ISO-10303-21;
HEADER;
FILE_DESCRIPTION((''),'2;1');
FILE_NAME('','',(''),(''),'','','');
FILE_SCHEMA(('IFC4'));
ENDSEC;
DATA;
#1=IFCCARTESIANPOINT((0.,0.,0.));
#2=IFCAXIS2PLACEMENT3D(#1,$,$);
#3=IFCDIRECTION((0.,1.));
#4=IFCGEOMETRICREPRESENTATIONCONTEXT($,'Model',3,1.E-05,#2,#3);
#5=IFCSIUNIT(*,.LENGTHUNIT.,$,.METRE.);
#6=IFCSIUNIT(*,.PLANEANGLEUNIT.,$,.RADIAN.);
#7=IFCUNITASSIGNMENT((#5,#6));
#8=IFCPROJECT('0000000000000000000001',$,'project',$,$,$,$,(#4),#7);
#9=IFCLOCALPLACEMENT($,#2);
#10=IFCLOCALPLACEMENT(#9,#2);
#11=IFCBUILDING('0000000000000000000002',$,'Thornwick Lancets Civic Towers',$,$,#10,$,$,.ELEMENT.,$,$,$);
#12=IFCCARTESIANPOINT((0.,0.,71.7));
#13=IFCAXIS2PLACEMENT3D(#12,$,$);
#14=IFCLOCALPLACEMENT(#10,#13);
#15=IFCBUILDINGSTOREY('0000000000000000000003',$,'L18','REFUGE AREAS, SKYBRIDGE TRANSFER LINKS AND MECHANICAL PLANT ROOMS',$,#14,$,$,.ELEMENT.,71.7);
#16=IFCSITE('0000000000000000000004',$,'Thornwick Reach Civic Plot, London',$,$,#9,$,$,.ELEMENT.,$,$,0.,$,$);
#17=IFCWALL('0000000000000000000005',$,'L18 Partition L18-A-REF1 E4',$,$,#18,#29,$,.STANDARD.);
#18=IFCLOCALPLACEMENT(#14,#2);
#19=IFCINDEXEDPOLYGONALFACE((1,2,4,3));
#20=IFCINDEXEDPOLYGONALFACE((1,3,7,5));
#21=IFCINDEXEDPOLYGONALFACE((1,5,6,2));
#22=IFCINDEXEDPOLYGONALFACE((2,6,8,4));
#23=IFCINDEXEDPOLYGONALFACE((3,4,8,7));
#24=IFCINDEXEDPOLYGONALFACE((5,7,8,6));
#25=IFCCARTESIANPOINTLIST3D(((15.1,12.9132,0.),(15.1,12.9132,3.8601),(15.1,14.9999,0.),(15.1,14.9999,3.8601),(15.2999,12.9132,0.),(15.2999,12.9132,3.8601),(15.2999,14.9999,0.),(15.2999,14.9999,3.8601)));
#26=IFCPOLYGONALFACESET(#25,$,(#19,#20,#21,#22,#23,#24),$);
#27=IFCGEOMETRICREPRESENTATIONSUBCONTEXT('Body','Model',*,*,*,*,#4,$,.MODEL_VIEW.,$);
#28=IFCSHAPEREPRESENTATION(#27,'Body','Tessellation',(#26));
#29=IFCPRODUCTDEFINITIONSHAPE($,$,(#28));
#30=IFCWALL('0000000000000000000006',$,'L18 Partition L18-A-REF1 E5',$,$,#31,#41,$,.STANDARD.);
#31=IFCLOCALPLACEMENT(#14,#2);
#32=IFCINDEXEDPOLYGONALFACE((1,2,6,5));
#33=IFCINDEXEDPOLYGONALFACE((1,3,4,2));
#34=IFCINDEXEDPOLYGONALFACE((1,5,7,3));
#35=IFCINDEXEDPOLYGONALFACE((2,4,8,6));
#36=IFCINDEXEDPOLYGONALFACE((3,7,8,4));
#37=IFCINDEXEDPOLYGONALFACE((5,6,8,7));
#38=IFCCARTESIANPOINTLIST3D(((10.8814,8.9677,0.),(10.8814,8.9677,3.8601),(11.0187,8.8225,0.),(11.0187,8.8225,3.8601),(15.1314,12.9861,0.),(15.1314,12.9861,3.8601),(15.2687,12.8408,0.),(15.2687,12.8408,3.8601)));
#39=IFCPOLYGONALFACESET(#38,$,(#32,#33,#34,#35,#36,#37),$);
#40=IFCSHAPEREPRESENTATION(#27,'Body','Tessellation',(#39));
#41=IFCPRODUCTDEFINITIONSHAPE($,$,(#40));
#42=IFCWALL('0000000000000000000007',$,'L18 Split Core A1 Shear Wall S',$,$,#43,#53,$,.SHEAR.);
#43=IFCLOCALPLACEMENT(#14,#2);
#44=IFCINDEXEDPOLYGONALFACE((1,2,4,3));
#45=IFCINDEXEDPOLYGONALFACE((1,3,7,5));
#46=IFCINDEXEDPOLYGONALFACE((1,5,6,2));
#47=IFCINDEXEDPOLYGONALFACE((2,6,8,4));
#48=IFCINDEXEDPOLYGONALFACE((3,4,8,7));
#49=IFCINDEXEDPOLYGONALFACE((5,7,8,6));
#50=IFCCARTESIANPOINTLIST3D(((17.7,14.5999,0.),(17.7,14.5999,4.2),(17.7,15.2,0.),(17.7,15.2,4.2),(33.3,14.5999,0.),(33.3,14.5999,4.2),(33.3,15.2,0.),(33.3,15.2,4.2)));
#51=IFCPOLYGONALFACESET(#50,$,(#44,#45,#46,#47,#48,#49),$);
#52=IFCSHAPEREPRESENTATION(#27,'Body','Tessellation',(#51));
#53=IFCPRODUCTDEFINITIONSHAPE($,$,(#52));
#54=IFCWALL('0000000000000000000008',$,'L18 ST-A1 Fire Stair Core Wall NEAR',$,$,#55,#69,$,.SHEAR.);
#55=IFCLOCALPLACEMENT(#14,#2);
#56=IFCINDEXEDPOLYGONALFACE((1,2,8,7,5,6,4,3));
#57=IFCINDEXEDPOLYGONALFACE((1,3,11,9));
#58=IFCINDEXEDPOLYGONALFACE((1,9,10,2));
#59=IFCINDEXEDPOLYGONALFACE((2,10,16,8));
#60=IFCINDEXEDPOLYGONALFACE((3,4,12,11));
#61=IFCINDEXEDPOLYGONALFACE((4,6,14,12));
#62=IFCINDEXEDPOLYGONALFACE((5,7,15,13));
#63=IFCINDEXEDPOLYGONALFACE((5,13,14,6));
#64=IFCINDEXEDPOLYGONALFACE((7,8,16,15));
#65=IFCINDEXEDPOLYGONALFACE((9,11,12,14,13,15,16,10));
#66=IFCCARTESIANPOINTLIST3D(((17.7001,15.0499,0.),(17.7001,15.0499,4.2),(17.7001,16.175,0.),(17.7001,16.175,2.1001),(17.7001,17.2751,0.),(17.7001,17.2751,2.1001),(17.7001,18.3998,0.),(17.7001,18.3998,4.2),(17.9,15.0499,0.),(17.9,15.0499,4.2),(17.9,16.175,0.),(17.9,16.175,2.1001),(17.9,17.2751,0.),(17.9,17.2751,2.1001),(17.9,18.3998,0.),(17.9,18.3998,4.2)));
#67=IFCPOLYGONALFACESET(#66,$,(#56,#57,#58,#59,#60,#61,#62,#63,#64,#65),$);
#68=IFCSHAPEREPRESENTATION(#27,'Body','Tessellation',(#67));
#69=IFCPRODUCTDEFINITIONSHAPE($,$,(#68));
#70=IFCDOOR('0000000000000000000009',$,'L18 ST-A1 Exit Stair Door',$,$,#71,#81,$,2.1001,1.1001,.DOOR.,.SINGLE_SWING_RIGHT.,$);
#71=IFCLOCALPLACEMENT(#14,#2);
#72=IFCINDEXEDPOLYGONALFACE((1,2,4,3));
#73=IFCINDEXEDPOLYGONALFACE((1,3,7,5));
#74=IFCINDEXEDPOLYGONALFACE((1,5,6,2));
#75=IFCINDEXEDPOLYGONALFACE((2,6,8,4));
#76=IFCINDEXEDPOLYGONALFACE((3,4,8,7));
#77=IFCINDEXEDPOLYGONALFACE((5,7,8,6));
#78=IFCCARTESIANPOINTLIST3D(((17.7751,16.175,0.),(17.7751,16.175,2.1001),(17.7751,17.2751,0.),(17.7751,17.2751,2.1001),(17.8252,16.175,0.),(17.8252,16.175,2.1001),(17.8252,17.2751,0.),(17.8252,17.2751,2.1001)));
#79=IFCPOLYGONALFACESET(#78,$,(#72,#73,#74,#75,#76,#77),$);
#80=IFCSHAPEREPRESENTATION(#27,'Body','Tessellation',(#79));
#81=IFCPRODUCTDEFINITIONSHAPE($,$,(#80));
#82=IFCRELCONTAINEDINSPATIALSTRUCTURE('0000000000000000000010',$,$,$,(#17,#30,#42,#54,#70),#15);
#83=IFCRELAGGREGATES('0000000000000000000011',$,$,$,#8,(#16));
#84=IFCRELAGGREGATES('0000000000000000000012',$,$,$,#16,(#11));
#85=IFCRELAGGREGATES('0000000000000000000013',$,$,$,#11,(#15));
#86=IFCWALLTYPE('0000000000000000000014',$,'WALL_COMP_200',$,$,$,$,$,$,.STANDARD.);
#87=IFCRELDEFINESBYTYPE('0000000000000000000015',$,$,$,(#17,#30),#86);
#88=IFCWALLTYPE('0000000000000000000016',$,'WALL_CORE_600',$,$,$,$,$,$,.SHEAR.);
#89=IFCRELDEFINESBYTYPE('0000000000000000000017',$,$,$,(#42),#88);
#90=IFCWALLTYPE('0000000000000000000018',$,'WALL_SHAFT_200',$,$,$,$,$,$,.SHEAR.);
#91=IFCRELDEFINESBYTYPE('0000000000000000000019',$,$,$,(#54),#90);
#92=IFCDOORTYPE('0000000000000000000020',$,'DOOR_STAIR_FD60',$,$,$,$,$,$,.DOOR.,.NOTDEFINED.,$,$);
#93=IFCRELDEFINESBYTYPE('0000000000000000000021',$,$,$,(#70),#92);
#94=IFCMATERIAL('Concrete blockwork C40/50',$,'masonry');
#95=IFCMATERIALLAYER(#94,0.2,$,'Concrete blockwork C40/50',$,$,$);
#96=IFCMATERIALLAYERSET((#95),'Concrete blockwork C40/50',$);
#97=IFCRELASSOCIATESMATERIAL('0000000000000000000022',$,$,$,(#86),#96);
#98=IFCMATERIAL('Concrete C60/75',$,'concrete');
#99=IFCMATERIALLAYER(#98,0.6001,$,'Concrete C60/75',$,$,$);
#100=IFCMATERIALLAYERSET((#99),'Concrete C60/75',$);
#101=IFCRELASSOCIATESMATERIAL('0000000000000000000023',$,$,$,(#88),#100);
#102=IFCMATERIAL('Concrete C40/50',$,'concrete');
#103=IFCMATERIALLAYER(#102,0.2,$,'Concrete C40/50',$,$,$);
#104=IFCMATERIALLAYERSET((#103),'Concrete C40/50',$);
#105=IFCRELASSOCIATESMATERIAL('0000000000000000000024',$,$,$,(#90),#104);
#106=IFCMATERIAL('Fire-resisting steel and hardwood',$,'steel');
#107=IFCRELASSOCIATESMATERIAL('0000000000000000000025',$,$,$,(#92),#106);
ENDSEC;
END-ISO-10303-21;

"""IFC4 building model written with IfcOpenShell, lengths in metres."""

from ifc_helpers import new_model, si_unit, direction, frame, frame_2d, origin, place, context, subcontext, project, spatial, rectangle, extrude, material, layer, layer_set, type_object, element, fill, save


model = new_model("IFC4")

# Units and contexts
model_context = context("Model", 3, precision=1e-05, world=origin(), true_north=direction((0.0, 1.0)))
body_context = subcontext(model_context, "Body", "Model", "MODEL_VIEW")
ifc_project = project(units=[si_unit("LENGTHUNIT", "METRE"), si_unit("PLANEANGLEUNIT", "RADIAN")], contexts=[model_context])

# Site, building, storey
site_placement = place(None, origin())
site = spatial("IfcSite", under=ifc_project, at=site_placement, Name="Thornwick Reach Civic Plot, London", CompositionType="ELEMENT", RefElevation=0.0)
building_placement = place(site_placement, origin())
building = spatial("IfcBuilding", under=site, at=building_placement, Name="Thornwick Lancets Civic Towers", CompositionType="ELEMENT")
storey_placement = place(building_placement, frame((0.0, 0.0, 71.7)))
storey = spatial("IfcBuildingStorey", under=building, at=storey_placement, Name="L18", Description="REFUGE AREAS, SKYBRIDGE TRANSFER LINKS AND MECHANICAL PLANT ROOMS", CompositionType="ELEMENT", Elevation=71.7)

# Shared definitions
ifc_material_1 = material(Name="Concrete C60/75", Category="concrete")

# Shared definitions
ifc_material_2 = material(Name="Concrete blockwork C40/50", Category="masonry")
ifc_layer_1 = layer(ifc_material_2, 0.2, Name="Concrete blockwork C40/50")
ifc_layer_set_1 = layer_set([ifc_layer_1], Name="Concrete blockwork C40/50")
wall_type_1 = type_object("IfcWallType", Name="WALL_COMP_200", PredefinedType="STANDARD", material=ifc_layer_set_1)

# Walls
wall_1_placement = place(storey_placement, frame((15.2, 15.0, 0.0), z_axis=(0.0, 0.0, 1.0), x_axis=(0.0, -1.0, 0.0)))
element("IfcWall", 1, at=wall_1_placement, inside=storey, type_object=wall_type_1, Name="L18 Partition L18-A-REF1 E4", PredefinedType="STANDARD", context=body_context, shape_type="SweptSolid", body=[
    extrude(rectangle(XDim=2.0867, YDim=0.2, at=frame_2d((1.0435, 0.0))), origin(), (0.0, 0.0, 1.0), 3.8601),
])
wall_2_placement = place(storey_placement, frame((15.2, 12.9133, 0.0), z_axis=(0.0, 0.0, 1.0), x_axis=(-0.726636, -0.687023, 0.0)))
element("IfcWall", 2, at=wall_2_placement, inside=storey, type_object=wall_type_1, Name="L18 Partition L18-A-REF1 E5", PredefinedType="STANDARD", context=body_context, shape_type="SweptSolid", body=[
    extrude(rectangle(XDim=5.8489, YDim=0.2, at=frame_2d((2.9243, 0.0))), origin(), (0.0, 0.0, 1.0), 3.8601),
])
ifc_layer_2 = layer(ifc_material_1, 0.6001, Name="Concrete C60/75")
ifc_layer_set_2 = layer_set([ifc_layer_2], Name="Concrete C60/75")
wall_type_2 = type_object("IfcWallType", Name="WALL_CORE_600", PredefinedType="SHEAR", material=ifc_layer_set_2)
wall_3_placement = place(storey_placement, frame((17.7, 14.8999, 0.0), z_axis=(0.0, 0.0, 1.0), x_axis=(1.0, 0.0, 0.0)))
element("IfcWall", 3, at=wall_3_placement, inside=storey, type_object=wall_type_2, Name="L18 Split Core A1 Shear Wall S", PredefinedType="SHEAR", context=body_context, shape_type="SweptSolid", body=[
    extrude(rectangle(XDim=15.6001, YDim=0.6001, at=frame_2d((7.8, 0.0))), origin(), (0.0, 0.0, 1.0), 4.2),
])

# Wall, opening, door
ifc_material_3 = material(Name="Concrete C40/50", Category="concrete")
ifc_layer_3 = layer(ifc_material_3, 0.2, Name="Concrete C40/50")
ifc_layer_set_3 = layer_set([ifc_layer_3], Name="Concrete C40/50")
wall_type_3 = type_object("IfcWallType", Name="WALL_SHAFT_200", PredefinedType="SHEAR", material=ifc_layer_set_3)
wall_4_placement = place(storey_placement, frame((17.8, 15.05, 0.0), z_axis=(0.0, 0.0, 1.0), x_axis=(0.0, 1.0, 0.0)))
wall_4 = element("IfcWall", 4, at=wall_4_placement, inside=storey, type_object=wall_type_3, Name="L18 ST-A1 Fire Stair Core Wall NEAR", PredefinedType="SHEAR", context=body_context, shape_type="SweptSolid", body=[
    extrude(rectangle(XDim=3.3499, YDim=0.2, at=frame_2d((1.6748, 0.0))), origin(), (0.0, 0.0, 1.0), 4.2),
])
opening_1_placement = place(wall_4_placement, frame((1.125, 0.0, 0.0)))
opening_1 = element("IfcOpeningElement", 5, at=opening_1_placement, cuts=wall_4, PredefinedType="OPENING", context=body_context, shape_type="SweptSolid", body=[
    extrude(rectangle(XDim=1.1001, YDim=2.1001, at=frame_2d((0.55, 1.05))), frame((0.0, 0.1099, 0.0), z_axis=(0.0, -1.0, 0.0), x_axis=(1.0, 0.0, 0.0)), (0.0, 0.0, 1.0), 0.22),
])
ifc_material_4 = material(Name="Fire-resisting steel and hardwood", Category="steel")
door_type_1 = type_object("IfcDoorType", Name="DOOR_STAIR_FD60", OperationType="NOTDEFINED", PredefinedType="DOOR", material=ifc_material_4)
door_1_placement = place(opening_1_placement, origin())
door_1 = element("IfcDoor", 6, at=door_1_placement, inside=storey, type_object=door_type_1, Name="L18 ST-A1 Exit Stair Door", OperationType="SINGLE_SWING_RIGHT", OverallHeight=2.1001, OverallWidth=1.1001, PredefinedType="DOOR", context=body_context, shape_type="SweptSolid", body=[
    extrude(rectangle(XDim=1.1001, YDim=2.1001, at=frame_2d((0.55, 1.05))), frame((0.0, 0.0249, 0.0), z_axis=(0.0, -1.0, 0.0), x_axis=(1.0, 0.0, 0.0)), (0.0, 0.0, 1.0), 0.05),
])
fill(opening_1, door_1)

save(model, "model.ifc")
